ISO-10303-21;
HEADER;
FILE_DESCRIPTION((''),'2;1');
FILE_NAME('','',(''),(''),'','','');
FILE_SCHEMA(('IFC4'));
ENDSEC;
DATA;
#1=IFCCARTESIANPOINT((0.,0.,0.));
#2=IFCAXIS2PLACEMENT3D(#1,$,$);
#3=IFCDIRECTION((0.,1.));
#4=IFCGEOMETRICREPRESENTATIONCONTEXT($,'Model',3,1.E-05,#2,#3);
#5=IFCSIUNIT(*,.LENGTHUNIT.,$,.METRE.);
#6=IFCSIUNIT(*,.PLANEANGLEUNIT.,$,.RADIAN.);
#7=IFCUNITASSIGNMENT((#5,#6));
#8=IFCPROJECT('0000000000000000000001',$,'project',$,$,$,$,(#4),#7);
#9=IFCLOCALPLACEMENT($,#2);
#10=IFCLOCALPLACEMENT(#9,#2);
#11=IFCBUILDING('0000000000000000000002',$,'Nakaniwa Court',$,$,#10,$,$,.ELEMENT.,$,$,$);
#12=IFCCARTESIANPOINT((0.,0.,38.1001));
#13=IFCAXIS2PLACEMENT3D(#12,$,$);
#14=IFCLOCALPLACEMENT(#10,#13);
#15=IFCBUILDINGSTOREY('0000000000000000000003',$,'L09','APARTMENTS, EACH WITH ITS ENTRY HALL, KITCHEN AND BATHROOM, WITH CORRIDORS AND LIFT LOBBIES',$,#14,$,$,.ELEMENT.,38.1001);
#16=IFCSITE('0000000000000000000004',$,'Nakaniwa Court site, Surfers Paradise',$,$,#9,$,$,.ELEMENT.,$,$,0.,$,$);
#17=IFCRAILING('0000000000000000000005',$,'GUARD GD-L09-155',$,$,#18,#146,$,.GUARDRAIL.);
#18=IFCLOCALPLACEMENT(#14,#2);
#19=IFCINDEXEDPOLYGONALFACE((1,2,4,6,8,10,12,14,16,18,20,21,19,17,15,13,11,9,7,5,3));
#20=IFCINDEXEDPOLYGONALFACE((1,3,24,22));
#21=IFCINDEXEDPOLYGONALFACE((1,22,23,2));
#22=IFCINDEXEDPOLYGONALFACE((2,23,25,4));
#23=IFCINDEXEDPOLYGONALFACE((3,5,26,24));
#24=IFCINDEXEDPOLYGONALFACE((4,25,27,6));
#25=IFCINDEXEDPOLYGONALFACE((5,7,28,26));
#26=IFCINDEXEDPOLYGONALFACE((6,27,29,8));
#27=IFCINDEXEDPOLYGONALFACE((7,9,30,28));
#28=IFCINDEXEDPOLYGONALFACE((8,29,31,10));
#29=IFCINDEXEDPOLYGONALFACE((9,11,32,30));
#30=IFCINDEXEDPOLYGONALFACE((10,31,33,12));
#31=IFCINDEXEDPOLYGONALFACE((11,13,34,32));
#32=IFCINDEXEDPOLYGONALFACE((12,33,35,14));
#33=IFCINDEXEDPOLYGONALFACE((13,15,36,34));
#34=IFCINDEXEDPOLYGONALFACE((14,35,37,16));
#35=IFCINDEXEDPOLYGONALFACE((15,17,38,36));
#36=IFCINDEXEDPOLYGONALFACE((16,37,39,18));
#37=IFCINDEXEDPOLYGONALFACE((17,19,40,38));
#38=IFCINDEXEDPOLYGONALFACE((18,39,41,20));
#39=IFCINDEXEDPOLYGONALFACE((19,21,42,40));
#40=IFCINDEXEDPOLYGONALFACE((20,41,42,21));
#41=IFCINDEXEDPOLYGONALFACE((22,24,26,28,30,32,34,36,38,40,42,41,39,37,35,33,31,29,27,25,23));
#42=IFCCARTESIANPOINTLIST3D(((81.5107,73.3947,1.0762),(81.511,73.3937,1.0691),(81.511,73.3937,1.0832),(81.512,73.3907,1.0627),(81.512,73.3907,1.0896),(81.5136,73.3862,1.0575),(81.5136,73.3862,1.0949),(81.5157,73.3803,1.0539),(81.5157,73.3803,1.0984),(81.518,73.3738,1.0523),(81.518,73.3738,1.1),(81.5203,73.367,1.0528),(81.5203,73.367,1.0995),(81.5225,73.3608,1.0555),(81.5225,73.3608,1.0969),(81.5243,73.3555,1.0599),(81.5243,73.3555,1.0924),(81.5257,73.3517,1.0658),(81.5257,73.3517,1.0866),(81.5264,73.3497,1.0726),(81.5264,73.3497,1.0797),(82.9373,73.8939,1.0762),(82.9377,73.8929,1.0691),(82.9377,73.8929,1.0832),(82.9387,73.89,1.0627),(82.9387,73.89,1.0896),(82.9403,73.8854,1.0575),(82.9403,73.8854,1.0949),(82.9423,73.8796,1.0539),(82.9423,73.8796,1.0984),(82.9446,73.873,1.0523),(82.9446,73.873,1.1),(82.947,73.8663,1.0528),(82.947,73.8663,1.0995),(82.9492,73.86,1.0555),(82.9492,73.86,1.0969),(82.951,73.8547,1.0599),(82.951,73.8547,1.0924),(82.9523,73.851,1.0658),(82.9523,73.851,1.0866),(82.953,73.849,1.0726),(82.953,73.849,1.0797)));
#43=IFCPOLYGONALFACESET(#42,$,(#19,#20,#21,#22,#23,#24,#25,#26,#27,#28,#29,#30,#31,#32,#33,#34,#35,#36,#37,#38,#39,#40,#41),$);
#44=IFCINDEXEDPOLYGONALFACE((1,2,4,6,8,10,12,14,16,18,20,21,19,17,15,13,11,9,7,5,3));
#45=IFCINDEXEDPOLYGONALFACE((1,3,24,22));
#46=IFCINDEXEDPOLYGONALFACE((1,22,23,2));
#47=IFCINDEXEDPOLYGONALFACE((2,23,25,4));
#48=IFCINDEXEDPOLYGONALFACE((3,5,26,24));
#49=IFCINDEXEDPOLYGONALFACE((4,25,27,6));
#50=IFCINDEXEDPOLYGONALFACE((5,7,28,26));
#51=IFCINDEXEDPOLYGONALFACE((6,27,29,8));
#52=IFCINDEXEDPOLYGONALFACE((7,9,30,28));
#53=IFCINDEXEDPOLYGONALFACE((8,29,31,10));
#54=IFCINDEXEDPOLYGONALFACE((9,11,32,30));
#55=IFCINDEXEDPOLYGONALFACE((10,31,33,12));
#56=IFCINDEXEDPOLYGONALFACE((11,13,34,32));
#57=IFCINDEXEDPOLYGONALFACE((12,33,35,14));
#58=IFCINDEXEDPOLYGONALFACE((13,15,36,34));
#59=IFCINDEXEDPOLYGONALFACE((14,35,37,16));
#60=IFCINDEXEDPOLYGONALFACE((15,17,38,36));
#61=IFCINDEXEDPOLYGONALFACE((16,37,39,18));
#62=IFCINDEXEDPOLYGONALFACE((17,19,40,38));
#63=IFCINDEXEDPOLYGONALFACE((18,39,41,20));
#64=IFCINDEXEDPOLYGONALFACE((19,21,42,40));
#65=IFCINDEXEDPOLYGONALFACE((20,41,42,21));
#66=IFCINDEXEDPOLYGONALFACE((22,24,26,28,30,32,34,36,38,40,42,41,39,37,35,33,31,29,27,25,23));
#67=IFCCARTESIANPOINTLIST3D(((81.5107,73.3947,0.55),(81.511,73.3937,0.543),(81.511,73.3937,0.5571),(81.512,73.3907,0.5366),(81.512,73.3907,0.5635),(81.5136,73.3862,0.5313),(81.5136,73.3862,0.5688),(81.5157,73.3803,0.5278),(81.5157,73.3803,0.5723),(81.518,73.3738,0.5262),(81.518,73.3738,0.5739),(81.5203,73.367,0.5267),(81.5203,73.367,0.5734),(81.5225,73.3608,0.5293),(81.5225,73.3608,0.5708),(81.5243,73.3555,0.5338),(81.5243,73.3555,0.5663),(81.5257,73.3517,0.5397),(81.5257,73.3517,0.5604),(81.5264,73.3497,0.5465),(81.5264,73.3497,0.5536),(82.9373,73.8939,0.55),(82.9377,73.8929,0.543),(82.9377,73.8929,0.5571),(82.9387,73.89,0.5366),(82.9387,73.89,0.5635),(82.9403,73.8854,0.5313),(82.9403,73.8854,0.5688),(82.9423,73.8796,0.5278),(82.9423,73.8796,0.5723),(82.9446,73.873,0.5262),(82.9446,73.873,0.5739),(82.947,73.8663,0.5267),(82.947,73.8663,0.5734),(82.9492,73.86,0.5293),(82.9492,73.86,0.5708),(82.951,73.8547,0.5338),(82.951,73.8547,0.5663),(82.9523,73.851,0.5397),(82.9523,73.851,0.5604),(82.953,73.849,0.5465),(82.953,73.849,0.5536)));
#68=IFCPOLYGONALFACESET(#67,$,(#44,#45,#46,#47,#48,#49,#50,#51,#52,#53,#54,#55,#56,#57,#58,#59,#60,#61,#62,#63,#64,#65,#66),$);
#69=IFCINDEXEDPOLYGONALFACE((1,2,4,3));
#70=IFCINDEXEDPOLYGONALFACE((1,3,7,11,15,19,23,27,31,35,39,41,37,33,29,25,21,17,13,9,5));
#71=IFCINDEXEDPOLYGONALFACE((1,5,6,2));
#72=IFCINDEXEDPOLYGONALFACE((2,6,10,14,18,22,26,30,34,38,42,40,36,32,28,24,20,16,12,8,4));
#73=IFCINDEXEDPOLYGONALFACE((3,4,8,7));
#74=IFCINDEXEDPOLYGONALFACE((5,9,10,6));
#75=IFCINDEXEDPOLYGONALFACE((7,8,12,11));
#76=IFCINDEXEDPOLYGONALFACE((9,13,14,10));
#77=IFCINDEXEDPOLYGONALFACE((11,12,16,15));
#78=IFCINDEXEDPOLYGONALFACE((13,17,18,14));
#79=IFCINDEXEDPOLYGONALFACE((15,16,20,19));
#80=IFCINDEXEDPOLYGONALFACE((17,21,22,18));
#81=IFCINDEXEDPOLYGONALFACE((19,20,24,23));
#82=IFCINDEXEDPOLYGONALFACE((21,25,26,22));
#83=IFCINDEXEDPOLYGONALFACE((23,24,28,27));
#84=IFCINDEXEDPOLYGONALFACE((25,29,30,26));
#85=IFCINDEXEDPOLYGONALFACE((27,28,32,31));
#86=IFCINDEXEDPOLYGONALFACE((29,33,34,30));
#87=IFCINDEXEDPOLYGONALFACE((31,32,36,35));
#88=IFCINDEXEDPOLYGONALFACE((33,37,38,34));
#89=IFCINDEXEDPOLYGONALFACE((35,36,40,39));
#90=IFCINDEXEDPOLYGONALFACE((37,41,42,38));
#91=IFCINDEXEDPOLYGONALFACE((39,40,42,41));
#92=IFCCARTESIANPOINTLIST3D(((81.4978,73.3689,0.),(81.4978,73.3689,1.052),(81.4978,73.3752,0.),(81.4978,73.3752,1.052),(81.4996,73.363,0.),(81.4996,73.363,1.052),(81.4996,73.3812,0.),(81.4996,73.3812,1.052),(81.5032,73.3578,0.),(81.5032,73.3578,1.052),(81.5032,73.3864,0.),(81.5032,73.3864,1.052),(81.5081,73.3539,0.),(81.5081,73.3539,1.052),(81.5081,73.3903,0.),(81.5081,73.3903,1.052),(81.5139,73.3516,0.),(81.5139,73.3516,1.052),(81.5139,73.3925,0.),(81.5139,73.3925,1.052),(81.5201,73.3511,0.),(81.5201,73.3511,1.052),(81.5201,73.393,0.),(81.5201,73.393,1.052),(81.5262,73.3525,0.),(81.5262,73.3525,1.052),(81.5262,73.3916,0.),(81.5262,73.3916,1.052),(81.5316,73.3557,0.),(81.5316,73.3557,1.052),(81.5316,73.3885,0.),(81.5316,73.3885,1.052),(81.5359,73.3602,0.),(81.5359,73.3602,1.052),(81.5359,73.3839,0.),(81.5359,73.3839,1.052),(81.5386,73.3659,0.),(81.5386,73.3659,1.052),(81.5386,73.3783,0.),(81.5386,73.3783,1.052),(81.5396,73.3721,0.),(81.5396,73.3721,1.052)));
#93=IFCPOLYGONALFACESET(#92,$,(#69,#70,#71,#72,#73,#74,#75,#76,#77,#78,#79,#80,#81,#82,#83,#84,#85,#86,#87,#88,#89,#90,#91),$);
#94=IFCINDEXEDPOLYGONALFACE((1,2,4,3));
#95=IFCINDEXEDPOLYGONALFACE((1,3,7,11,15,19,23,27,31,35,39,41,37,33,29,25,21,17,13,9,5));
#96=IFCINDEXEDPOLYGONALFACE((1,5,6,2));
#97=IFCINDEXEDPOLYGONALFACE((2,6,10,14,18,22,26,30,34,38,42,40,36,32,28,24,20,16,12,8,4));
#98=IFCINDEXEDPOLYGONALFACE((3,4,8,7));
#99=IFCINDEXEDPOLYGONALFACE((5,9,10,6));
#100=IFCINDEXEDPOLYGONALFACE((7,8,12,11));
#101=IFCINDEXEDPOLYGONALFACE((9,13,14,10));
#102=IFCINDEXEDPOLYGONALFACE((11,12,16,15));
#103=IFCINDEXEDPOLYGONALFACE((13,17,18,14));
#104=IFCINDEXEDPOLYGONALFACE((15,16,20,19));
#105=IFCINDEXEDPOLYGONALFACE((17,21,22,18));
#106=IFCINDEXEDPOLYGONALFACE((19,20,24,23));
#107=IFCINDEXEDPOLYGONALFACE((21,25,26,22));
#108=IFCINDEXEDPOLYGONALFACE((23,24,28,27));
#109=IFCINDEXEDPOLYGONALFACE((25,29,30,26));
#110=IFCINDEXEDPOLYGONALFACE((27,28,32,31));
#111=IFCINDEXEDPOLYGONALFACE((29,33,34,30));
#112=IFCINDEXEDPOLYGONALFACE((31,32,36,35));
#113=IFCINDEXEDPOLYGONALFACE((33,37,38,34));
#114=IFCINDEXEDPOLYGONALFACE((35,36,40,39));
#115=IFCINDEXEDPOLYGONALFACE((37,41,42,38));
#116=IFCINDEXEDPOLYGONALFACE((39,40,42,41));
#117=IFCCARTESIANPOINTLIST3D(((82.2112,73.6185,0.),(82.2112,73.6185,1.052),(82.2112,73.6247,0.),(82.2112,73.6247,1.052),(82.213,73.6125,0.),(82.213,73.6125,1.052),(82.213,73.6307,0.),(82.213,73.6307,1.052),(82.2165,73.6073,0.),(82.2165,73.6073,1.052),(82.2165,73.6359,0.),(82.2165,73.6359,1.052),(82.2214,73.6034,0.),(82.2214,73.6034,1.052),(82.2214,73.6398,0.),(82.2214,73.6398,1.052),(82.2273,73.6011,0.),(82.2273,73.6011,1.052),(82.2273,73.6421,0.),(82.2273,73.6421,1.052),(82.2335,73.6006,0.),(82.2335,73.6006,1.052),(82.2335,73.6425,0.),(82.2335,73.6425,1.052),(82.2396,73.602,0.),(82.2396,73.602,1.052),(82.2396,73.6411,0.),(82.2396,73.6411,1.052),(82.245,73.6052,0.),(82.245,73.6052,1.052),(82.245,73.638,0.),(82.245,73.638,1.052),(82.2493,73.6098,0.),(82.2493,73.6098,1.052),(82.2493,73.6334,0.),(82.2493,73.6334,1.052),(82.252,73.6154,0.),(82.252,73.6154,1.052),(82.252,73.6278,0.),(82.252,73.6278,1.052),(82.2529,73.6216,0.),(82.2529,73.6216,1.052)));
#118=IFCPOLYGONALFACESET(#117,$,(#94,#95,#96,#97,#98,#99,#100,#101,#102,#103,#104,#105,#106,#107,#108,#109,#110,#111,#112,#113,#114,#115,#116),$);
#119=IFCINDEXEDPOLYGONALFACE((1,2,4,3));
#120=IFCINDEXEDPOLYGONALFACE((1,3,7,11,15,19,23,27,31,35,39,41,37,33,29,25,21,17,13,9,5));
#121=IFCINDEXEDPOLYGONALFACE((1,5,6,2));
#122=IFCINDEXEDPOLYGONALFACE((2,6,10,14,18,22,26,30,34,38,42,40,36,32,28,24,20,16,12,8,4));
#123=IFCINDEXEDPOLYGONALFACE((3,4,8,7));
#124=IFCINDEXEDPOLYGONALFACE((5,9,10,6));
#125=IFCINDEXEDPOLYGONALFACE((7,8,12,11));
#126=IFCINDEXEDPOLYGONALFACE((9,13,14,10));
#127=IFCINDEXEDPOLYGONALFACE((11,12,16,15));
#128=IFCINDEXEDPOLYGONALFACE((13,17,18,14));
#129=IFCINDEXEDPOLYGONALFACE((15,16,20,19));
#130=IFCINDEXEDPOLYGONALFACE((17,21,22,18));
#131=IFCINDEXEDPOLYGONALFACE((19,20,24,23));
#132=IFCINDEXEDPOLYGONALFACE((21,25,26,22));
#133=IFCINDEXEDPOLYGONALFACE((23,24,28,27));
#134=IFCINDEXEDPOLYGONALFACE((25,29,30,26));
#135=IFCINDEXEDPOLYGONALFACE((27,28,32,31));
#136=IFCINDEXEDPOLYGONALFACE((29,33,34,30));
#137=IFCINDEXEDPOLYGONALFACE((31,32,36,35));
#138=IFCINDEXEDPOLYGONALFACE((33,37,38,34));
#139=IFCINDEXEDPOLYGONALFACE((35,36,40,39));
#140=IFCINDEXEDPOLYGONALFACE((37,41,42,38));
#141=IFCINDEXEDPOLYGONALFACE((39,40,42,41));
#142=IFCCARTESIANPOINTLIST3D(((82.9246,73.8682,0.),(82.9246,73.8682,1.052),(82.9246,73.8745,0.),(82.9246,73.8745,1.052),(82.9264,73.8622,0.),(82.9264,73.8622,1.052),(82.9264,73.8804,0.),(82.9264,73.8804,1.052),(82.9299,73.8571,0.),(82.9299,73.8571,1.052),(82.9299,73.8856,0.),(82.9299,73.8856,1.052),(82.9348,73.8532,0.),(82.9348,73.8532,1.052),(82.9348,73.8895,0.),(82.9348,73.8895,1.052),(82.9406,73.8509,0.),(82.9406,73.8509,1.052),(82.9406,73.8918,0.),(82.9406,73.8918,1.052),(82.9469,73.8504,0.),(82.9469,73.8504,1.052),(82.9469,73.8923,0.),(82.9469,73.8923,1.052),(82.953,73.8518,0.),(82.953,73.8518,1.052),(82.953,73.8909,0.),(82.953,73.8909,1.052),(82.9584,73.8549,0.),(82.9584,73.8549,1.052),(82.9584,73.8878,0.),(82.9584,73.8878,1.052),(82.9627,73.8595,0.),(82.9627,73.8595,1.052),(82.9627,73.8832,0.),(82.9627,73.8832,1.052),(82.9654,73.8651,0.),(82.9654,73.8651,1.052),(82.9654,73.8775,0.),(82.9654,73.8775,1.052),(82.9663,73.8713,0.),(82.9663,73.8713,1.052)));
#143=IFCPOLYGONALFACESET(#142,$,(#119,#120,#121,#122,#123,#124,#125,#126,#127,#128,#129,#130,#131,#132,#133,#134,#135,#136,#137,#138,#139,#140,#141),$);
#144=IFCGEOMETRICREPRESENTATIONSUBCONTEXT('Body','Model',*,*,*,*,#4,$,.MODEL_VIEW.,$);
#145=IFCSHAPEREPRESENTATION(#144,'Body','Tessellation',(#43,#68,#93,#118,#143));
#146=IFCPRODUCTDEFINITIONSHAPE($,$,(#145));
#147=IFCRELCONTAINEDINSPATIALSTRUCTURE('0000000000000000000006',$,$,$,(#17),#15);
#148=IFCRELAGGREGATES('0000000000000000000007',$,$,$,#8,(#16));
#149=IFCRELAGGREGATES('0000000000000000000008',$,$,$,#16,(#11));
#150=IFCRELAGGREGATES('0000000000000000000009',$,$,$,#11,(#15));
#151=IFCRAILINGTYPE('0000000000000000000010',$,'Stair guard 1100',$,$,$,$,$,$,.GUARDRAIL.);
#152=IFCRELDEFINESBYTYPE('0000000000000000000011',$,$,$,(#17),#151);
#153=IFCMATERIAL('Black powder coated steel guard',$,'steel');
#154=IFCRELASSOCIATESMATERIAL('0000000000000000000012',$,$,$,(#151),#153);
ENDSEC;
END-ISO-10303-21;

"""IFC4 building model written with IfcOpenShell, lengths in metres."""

from ifc_helpers import new_model, si_unit, direction, frame, origin, origin_2d, place, context, subcontext, project, spatial, circle, extrude, material, type_object, element, save


model = new_model("IFC4")

# Units and contexts
model_context = context("Model", 3, precision=1e-05, world=origin(), true_north=direction((0.0, 1.0)))
body_context = subcontext(model_context, "Body", "Model", "MODEL_VIEW")
ifc_project = project(units=[si_unit("LENGTHUNIT", "METRE"), si_unit("PLANEANGLEUNIT", "RADIAN")], contexts=[model_context])

# Site, building, storey
site_placement = place(None, origin())
site = spatial("IfcSite", under=ifc_project, at=site_placement, Name="Nakaniwa Court site, Surfers Paradise", CompositionType="ELEMENT", RefElevation=0.0)
building_placement = place(site_placement, origin())
building = spatial("IfcBuilding", under=site, at=building_placement, Name="Nakaniwa Court", CompositionType="ELEMENT")
storey_placement = place(building_placement, frame((0.0, 0.0, 38.1001)))
storey = spatial("IfcBuildingStorey", under=building, at=storey_placement, Name="L09", Description="APARTMENTS, EACH WITH ITS ENTRY HALL, KITCHEN AND BATHROOM, WITH CORRIDORS AND LIFT LOBBIES", CompositionType="ELEMENT", Elevation=38.1001)

# Railing
ifc_material_1 = material(Name="Black powder coated steel guard", Category="steel")
railing_type = type_object("IfcRailingType", Name="Stair guard 1100", PredefinedType="GUARDRAIL", material=ifc_material_1)
railing_1_placement = place(storey_placement, frame((81.5186, 73.3721, 0.0)))
element("IfcRailing", 1, at=railing_1_placement, inside=storey, type_object=railing_type, Name="GUARD GD-L09-155", PredefinedType="GUARDRAIL", context=body_context, shape_type="SweptSolid", body=[
    extrude(circle(Radius=0.0239, at=origin_2d()), frame((0.0, 0.0, 1.0762), z_axis=(0.943878, 0.330293, 0.0), x_axis=(-0.330293, 0.943878, 0.0)), (0.0, 0.0, 1.0), 1.5115),
    extrude(circle(Radius=0.0239, at=origin_2d()), frame((0.0, 0.0, 0.55), z_axis=(0.943878, 0.330293, 0.0), x_axis=(-0.330293, 0.943878, 0.0)), (0.0, 0.0, 1.0), 1.5115),
    extrude(circle(Radius=0.021, at=origin_2d()), origin(), (0.0, 0.0, 1.0), 1.052),
    extrude(circle(Radius=0.021, at=origin_2d()), frame((0.7134, 0.2495, 0.0)), (0.0, 0.0, 1.0), 1.052),
    extrude(circle(Radius=0.021, at=origin_2d()), frame((1.4268, 0.4993, 0.0)), (0.0, 0.0, 1.0), 1.052),
])

save(model, "model.ifc")
